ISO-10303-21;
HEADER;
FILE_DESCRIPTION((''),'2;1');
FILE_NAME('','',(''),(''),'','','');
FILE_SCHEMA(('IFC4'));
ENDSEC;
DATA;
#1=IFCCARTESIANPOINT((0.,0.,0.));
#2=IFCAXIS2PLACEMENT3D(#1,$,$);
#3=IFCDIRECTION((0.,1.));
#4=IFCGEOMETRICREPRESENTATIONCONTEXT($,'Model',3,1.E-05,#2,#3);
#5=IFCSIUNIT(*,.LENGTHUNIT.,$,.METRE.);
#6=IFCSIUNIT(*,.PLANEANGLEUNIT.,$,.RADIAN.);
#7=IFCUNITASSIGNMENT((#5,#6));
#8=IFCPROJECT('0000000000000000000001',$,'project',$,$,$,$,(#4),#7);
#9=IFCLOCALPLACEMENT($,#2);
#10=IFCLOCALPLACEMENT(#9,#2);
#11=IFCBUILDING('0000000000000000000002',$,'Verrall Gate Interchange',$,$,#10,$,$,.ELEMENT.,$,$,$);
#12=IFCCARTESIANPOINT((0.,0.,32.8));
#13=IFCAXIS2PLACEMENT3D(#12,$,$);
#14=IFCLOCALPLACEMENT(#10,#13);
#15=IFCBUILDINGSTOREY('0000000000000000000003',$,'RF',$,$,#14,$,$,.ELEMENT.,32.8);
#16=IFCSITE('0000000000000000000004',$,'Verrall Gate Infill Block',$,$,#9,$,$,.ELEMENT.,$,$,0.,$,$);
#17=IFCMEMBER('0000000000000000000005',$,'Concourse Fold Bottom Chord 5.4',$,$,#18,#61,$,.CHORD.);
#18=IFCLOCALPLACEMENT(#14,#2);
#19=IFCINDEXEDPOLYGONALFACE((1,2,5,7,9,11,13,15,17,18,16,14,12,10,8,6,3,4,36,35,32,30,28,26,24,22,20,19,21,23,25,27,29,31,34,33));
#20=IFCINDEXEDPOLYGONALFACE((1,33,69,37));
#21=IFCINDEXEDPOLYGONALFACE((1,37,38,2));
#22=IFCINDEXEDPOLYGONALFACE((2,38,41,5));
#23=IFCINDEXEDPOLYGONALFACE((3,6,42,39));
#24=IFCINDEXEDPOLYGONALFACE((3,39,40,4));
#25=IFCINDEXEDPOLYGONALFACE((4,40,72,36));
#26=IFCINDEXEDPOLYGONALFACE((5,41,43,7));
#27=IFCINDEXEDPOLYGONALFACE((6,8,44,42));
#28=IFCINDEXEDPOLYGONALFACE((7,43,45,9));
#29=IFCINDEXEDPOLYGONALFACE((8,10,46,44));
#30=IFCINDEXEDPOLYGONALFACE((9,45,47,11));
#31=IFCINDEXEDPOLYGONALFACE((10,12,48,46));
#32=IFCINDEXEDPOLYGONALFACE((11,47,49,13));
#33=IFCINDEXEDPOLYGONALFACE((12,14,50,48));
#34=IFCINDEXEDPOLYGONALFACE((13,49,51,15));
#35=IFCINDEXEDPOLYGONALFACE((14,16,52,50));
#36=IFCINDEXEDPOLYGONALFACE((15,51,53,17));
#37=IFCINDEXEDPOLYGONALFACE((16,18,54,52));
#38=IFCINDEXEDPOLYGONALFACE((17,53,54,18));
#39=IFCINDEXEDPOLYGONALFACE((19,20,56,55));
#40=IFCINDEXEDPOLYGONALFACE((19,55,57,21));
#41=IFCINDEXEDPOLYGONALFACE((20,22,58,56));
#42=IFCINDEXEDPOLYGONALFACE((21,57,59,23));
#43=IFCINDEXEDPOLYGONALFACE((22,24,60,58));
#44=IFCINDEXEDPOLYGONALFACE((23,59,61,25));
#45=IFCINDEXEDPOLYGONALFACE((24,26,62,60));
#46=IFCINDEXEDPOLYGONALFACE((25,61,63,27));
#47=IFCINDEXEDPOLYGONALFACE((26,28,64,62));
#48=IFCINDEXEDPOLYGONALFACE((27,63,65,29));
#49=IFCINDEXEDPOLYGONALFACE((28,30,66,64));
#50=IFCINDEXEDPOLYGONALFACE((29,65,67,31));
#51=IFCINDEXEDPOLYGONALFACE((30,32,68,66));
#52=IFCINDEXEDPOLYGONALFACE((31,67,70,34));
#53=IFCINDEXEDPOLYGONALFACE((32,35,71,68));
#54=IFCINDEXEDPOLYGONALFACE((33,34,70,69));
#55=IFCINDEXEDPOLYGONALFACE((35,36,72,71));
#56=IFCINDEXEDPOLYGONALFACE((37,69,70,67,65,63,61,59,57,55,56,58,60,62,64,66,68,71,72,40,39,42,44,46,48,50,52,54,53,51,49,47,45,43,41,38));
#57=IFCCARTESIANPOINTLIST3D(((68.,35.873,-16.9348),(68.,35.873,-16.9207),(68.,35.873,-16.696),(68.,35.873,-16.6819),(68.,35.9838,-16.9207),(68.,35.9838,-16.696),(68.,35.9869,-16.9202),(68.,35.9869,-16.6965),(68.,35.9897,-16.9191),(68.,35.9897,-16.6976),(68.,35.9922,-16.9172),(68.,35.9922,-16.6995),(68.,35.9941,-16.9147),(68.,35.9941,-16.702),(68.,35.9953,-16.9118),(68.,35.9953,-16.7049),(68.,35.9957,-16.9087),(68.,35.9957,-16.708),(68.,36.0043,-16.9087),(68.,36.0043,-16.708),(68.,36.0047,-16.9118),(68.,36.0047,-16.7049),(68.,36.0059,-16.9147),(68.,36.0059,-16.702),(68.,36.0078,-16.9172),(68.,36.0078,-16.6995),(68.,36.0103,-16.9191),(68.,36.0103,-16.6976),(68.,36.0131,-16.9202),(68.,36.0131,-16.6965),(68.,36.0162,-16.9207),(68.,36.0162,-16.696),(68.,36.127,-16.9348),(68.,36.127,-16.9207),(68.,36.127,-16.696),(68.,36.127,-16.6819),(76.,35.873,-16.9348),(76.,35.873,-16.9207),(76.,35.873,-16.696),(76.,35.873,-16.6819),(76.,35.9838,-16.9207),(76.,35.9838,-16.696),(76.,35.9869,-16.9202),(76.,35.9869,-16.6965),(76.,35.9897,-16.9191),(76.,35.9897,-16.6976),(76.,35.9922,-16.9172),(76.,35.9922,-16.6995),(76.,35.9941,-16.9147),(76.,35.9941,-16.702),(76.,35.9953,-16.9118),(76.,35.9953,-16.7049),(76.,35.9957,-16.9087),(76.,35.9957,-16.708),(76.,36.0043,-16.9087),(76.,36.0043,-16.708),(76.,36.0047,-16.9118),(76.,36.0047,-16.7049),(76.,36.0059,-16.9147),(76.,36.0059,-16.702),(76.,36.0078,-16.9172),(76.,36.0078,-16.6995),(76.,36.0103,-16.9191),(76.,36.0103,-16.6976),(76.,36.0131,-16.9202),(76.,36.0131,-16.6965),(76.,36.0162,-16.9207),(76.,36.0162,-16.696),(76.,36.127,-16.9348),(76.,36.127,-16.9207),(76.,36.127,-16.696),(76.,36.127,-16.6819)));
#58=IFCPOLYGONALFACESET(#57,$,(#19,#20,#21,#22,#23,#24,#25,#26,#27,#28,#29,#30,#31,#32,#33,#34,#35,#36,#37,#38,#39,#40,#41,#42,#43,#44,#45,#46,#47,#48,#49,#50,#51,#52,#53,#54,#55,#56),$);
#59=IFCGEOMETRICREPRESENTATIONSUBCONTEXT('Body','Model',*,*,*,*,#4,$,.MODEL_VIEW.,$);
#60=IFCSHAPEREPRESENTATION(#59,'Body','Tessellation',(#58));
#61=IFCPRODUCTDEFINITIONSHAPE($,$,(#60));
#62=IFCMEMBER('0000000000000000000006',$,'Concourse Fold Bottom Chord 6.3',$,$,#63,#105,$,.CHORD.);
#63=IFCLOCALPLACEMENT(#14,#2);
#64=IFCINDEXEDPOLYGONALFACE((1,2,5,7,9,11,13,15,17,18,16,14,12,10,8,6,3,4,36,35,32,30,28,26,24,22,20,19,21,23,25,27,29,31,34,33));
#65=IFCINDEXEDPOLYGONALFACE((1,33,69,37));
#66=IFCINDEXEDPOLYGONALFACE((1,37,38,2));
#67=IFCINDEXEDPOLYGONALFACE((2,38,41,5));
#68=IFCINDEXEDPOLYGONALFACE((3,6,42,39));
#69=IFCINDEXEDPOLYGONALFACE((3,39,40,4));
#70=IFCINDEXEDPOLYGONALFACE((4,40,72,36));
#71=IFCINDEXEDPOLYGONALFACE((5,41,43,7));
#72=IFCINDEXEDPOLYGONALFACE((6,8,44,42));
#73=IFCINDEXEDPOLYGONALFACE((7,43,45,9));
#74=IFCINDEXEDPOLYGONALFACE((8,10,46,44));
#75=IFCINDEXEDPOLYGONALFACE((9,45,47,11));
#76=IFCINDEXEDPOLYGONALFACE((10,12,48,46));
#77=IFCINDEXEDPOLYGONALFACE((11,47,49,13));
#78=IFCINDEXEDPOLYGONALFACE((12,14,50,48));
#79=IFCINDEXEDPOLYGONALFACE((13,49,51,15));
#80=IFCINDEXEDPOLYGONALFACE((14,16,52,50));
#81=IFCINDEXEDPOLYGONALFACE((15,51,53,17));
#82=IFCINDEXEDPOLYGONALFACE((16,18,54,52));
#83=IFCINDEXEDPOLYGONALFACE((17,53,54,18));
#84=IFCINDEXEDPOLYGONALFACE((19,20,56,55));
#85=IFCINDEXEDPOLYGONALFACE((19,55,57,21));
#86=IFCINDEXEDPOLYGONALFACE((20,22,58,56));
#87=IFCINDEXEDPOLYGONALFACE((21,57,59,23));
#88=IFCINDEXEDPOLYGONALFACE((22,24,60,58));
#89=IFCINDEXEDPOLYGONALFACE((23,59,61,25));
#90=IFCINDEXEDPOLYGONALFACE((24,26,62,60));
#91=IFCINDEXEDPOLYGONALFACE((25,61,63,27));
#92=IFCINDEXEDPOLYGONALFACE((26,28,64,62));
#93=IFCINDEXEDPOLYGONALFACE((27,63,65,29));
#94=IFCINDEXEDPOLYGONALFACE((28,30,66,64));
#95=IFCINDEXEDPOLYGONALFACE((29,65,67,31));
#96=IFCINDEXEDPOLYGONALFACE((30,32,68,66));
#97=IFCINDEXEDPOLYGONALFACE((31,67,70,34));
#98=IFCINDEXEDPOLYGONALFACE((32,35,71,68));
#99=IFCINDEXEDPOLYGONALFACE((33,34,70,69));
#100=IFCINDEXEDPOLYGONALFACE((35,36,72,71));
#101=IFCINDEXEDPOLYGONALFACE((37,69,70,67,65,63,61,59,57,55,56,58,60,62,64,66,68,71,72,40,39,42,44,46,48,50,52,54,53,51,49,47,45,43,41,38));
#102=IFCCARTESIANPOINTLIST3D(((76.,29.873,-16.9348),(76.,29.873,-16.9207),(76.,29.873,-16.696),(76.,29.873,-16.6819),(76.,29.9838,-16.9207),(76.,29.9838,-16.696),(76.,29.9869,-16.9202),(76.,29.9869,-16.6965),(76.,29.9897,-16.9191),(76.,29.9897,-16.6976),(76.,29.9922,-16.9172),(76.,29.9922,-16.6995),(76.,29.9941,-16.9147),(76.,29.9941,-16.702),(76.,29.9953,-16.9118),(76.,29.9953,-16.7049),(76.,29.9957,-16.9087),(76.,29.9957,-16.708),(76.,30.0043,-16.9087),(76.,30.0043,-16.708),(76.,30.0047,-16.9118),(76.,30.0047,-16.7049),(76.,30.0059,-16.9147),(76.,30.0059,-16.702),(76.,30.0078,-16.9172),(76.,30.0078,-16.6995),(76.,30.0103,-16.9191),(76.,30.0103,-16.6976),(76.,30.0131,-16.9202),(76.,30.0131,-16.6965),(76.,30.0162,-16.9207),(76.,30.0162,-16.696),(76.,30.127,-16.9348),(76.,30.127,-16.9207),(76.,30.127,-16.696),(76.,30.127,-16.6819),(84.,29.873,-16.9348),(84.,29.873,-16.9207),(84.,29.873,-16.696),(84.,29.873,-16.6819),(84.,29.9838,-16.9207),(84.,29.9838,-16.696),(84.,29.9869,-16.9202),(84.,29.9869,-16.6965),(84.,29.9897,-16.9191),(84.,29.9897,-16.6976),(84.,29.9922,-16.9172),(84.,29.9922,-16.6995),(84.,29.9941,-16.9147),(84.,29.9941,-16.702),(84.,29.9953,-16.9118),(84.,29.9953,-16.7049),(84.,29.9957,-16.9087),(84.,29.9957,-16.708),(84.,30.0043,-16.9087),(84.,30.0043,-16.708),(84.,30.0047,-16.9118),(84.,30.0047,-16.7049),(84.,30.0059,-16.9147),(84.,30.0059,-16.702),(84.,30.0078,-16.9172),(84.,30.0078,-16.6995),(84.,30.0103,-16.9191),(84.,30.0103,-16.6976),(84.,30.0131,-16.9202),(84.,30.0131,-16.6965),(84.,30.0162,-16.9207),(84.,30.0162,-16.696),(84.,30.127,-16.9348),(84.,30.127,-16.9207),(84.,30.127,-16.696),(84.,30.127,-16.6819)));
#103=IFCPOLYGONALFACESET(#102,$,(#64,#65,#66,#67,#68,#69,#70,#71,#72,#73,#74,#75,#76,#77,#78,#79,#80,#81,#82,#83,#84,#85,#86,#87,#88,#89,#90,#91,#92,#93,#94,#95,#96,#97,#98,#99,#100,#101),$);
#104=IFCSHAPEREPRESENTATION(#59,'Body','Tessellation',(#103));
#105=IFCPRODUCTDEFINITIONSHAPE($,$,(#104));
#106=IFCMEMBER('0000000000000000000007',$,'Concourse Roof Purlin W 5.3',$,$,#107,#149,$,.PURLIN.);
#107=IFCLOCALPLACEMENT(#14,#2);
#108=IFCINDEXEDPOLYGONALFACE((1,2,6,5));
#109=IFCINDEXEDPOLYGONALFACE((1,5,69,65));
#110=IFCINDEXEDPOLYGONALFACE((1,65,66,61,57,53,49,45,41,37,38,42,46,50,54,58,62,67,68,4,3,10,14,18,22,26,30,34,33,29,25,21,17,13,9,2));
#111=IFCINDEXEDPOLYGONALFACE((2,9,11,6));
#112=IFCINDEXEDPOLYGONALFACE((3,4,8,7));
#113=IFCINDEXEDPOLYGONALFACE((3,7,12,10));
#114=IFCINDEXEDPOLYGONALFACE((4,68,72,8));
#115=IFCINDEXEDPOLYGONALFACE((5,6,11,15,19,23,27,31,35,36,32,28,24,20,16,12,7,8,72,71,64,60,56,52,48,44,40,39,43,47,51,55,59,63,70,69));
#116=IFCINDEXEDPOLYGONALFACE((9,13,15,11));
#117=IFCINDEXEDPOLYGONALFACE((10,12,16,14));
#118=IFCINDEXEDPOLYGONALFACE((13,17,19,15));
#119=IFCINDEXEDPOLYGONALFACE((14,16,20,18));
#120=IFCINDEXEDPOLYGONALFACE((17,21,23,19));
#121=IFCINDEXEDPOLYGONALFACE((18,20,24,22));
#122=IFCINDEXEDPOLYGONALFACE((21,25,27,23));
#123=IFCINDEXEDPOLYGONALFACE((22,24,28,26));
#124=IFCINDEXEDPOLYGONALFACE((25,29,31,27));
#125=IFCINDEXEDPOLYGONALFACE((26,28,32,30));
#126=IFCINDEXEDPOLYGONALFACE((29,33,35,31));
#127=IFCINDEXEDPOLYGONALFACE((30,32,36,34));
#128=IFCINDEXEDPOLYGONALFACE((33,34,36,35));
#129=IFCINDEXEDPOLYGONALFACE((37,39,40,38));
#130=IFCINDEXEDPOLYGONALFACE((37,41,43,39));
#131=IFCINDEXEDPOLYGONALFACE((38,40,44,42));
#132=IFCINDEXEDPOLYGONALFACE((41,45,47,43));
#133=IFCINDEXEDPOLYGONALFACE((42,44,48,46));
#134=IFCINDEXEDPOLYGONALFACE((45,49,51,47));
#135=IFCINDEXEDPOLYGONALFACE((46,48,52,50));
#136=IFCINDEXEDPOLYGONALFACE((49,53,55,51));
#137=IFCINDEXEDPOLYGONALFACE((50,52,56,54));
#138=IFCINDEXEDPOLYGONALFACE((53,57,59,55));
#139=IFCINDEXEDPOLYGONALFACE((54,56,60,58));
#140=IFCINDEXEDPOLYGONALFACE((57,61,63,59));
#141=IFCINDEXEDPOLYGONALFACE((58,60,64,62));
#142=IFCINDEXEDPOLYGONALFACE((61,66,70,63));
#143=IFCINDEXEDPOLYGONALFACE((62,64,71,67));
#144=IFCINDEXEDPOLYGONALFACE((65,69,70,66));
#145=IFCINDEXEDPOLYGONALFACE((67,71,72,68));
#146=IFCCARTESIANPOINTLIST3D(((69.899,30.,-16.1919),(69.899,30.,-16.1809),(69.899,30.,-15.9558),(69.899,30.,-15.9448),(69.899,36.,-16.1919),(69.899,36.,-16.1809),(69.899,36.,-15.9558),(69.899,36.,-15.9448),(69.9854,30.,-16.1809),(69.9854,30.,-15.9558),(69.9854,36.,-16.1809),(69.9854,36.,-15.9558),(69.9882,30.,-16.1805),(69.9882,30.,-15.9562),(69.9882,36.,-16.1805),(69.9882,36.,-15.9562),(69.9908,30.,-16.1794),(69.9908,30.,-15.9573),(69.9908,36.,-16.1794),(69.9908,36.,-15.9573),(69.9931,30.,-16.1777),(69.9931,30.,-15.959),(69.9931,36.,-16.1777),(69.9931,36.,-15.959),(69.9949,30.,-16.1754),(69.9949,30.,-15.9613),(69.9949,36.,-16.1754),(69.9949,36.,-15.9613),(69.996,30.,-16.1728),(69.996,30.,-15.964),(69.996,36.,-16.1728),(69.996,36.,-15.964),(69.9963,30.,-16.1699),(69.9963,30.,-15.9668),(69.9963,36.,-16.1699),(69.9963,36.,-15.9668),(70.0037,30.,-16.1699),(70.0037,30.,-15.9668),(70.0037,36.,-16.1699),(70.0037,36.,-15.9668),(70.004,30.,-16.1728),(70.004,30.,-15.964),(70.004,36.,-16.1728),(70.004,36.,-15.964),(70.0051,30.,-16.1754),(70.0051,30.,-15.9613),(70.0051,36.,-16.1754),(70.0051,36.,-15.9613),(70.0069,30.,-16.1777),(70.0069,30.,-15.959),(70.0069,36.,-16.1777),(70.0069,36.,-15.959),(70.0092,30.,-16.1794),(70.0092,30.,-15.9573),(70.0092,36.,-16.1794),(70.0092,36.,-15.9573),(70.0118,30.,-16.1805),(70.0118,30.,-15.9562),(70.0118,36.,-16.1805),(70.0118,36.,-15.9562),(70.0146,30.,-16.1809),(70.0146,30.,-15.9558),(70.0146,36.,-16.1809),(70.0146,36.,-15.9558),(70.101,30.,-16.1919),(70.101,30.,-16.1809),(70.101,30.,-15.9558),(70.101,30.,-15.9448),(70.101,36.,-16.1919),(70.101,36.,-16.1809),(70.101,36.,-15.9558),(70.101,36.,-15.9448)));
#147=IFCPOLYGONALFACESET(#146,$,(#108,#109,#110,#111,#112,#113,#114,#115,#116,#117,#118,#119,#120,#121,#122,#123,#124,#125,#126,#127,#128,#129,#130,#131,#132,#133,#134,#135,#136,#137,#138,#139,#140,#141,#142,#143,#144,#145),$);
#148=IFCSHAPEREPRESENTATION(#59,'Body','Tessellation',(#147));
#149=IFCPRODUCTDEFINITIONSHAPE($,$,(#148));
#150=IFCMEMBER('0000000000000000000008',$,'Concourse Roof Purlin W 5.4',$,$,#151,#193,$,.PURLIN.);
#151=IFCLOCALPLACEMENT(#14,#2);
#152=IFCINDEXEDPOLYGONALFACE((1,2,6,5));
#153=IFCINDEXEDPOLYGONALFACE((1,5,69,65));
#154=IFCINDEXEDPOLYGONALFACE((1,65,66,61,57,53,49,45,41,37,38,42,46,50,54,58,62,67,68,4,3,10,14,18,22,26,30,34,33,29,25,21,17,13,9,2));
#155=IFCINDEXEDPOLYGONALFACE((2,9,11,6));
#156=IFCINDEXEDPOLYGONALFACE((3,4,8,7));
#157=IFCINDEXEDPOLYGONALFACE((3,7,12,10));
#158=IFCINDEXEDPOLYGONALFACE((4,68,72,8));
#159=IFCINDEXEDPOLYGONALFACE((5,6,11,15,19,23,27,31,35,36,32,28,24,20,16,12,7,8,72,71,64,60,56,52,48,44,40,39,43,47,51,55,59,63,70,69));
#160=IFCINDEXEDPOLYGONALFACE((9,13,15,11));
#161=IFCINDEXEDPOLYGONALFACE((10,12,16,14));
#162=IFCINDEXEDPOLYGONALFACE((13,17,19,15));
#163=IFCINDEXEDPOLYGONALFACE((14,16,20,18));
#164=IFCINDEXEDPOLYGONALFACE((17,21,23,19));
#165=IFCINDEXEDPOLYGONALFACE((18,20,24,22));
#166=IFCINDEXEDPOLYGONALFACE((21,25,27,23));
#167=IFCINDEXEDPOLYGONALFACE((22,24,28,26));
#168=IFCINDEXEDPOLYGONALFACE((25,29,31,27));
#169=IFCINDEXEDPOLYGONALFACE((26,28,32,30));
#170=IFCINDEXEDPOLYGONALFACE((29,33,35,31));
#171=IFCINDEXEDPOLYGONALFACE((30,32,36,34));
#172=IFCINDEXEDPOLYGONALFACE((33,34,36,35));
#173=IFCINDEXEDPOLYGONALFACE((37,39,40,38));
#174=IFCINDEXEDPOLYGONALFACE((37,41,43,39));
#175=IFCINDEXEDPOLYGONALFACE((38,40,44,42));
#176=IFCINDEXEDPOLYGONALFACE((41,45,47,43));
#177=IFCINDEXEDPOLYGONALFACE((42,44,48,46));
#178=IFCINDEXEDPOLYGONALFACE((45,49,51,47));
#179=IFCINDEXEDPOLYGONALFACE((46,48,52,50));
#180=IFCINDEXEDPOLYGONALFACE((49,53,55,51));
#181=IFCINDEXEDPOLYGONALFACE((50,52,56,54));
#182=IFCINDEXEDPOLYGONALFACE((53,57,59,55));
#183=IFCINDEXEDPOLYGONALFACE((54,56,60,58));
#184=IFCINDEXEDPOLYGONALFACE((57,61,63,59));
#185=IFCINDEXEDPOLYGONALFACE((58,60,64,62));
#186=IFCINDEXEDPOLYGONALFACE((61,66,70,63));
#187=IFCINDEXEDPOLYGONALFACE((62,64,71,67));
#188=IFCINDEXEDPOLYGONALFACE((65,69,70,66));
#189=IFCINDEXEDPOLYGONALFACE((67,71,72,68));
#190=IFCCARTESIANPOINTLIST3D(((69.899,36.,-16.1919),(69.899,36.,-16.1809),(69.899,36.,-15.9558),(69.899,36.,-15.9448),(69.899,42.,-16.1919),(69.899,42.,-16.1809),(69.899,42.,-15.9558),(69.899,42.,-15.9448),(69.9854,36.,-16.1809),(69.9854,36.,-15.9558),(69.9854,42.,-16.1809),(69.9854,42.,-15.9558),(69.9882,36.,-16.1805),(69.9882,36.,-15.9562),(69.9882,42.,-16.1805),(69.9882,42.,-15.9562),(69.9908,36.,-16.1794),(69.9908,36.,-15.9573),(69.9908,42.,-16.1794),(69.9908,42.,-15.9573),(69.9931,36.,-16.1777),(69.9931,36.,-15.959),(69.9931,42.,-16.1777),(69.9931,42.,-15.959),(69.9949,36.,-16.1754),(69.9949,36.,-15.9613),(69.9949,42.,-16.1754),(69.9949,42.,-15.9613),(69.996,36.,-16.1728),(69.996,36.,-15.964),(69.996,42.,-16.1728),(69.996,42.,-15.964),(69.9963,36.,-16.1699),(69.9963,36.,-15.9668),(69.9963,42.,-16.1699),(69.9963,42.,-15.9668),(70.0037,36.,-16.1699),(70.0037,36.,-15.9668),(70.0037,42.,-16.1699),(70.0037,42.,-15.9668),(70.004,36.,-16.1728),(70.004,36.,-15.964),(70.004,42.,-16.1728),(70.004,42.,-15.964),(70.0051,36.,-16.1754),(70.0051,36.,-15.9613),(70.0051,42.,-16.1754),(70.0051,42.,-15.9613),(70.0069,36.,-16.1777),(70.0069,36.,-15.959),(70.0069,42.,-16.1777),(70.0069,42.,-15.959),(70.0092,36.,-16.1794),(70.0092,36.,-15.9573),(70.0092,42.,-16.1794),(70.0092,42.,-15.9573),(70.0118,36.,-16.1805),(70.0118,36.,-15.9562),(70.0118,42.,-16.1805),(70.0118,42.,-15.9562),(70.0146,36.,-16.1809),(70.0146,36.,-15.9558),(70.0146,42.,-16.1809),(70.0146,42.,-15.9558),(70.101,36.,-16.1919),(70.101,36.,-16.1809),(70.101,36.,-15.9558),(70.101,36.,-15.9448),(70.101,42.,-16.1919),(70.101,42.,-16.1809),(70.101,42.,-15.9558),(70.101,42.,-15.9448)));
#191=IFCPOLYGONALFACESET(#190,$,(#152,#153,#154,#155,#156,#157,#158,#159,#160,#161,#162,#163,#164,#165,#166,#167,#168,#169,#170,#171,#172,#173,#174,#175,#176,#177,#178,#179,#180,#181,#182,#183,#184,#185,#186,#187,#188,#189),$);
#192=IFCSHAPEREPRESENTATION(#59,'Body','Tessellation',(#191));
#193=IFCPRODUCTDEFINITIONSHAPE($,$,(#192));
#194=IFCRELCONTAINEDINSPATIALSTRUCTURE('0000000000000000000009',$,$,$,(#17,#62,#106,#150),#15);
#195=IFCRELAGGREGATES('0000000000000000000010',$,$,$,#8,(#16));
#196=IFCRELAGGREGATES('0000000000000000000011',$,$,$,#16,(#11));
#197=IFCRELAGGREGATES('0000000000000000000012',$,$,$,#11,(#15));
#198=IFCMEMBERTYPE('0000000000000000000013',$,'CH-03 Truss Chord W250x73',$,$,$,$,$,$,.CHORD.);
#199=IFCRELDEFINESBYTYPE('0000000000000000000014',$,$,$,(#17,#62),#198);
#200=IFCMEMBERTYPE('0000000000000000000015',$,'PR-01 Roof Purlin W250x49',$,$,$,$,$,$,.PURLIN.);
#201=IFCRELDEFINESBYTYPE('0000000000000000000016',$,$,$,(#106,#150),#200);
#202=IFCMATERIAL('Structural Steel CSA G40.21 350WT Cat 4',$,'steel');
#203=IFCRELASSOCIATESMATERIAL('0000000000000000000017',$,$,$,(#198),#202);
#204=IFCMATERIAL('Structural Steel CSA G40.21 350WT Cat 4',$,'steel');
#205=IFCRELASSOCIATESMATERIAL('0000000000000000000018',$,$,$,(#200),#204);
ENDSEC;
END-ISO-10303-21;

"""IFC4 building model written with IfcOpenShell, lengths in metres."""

from ifc_helpers import new_model, si_unit, direction, frame, origin, origin_2d, place, context, subcontext, project, spatial, i_section, extrude, material, material_profile, profile_set, type_object, element, save


model = new_model("IFC4")

# Units and contexts
model_context = context("Model", 3, precision=1e-05, world=origin(), true_north=direction((0.0, 1.0)))
body_context = subcontext(model_context, "Body", "Model", "MODEL_VIEW")
ifc_project = project(units=[si_unit("LENGTHUNIT", "METRE"), si_unit("PLANEANGLEUNIT", "RADIAN")], contexts=[model_context])

# Site, building, storey
site_placement = place(None, origin())
site = spatial("IfcSite", under=ifc_project, at=site_placement, Name="Verrall Gate Infill Block", CompositionType="ELEMENT", RefElevation=0.0)
building_placement = place(site_placement, origin())
building = spatial("IfcBuilding", under=site, at=building_placement, Name="Verrall Gate Interchange", CompositionType="ELEMENT")
storey_placement = place(building_placement, frame((0.0, 0.0, 32.8)))
storey = spatial("IfcBuildingStorey", under=building, at=storey_placement, Name="RF", CompositionType="ELEMENT", Elevation=32.8)

# Members
ifc_material_1 = material(Name="Structural Steel CSA G40.21 350WT Cat 4", Category="steel")
ifc_material_profile_1 = material_profile(ifc_material_1, i_section(OverallWidth=0.2539, OverallDepth=0.2529, WebThickness=0.0085, FlangeThickness=0.0142, FilletRadius=0.012, at=origin_2d()), Name="W250x73")
ifc_profile_set_1 = profile_set([ifc_material_profile_1], Name="Structural Steel CSA G40.21 350WT Cat 4")
member_type_1 = type_object("IfcMemberType", Name="CH-03 Truss Chord W250x73", PredefinedType="CHORD", material=ifc_profile_set_1)
for number, where, z_axis, x_axis, name in (
    (1, (68.0, 36.0, -16.8083), (1.0, 0.0, 0.0), (0.0, 1.0, 0.0), "Concourse Fold Bottom Chord 5.4"),
    (2, (76.0, 30.0, -16.8083), (1.0, 0.0, 0.0), (0.0, 1.0, 0.0), "Concourse Fold Bottom Chord 6.3"),
):
    element("IfcMember", number, at=place(storey_placement, frame(where, z_axis=z_axis, x_axis=x_axis)), inside=storey, type_object=member_type_1, Name=name, PredefinedType="CHORD", context=body_context, shape_type="SweptSolid", body=[
        extrude(i_section(OverallWidth=0.2539, OverallDepth=0.2529, WebThickness=0.0085, FlangeThickness=0.0142, FilletRadius=0.012, at=origin_2d()), origin(), (0.0, 0.0, 1.0), 8.0),
    ])
ifc_material_2 = material(Name="Structural Steel CSA G40.21 350WT Cat 4", Category="steel")
ifc_material_profile_2 = material_profile(ifc_material_2, i_section(OverallWidth=0.2019, OverallDepth=0.2471, WebThickness=0.0073, FlangeThickness=0.011, FilletRadius=0.011, at=origin_2d()), Name="W250x49")
ifc_profile_set_2 = profile_set([ifc_material_profile_2], Name="Structural Steel CSA G40.21 350WT Cat 4")
member_type_2 = type_object("IfcMemberType", Name="PR-01 Roof Purlin W250x49", PredefinedType="PURLIN", material=ifc_profile_set_2)
for number, where, z_axis, x_axis, name in (
    (3, (70.0, 30.0, -16.0684), (0.0, 1.0, 0.0), (-1.0, 0.0, 0.0), "Concourse Roof Purlin W 5.3"),
    (4, (70.0, 36.0, -16.0684), (0.0, 1.0, 0.0), (-1.0, 0.0, 0.0), "Concourse Roof Purlin W 5.4"),
):
    element("IfcMember", number, at=place(storey_placement, frame(where, z_axis=z_axis, x_axis=x_axis)), inside=storey, type_object=member_type_2, Name=name, PredefinedType="PURLIN", context=body_context, shape_type="SweptSolid", body=[
        extrude(i_section(OverallWidth=0.2019, OverallDepth=0.2471, WebThickness=0.0073, FlangeThickness=0.011, FilletRadius=0.011, at=origin_2d()), origin(), (0.0, 0.0, 1.0), 6.0),
    ])

save(model, "model.ifc")
